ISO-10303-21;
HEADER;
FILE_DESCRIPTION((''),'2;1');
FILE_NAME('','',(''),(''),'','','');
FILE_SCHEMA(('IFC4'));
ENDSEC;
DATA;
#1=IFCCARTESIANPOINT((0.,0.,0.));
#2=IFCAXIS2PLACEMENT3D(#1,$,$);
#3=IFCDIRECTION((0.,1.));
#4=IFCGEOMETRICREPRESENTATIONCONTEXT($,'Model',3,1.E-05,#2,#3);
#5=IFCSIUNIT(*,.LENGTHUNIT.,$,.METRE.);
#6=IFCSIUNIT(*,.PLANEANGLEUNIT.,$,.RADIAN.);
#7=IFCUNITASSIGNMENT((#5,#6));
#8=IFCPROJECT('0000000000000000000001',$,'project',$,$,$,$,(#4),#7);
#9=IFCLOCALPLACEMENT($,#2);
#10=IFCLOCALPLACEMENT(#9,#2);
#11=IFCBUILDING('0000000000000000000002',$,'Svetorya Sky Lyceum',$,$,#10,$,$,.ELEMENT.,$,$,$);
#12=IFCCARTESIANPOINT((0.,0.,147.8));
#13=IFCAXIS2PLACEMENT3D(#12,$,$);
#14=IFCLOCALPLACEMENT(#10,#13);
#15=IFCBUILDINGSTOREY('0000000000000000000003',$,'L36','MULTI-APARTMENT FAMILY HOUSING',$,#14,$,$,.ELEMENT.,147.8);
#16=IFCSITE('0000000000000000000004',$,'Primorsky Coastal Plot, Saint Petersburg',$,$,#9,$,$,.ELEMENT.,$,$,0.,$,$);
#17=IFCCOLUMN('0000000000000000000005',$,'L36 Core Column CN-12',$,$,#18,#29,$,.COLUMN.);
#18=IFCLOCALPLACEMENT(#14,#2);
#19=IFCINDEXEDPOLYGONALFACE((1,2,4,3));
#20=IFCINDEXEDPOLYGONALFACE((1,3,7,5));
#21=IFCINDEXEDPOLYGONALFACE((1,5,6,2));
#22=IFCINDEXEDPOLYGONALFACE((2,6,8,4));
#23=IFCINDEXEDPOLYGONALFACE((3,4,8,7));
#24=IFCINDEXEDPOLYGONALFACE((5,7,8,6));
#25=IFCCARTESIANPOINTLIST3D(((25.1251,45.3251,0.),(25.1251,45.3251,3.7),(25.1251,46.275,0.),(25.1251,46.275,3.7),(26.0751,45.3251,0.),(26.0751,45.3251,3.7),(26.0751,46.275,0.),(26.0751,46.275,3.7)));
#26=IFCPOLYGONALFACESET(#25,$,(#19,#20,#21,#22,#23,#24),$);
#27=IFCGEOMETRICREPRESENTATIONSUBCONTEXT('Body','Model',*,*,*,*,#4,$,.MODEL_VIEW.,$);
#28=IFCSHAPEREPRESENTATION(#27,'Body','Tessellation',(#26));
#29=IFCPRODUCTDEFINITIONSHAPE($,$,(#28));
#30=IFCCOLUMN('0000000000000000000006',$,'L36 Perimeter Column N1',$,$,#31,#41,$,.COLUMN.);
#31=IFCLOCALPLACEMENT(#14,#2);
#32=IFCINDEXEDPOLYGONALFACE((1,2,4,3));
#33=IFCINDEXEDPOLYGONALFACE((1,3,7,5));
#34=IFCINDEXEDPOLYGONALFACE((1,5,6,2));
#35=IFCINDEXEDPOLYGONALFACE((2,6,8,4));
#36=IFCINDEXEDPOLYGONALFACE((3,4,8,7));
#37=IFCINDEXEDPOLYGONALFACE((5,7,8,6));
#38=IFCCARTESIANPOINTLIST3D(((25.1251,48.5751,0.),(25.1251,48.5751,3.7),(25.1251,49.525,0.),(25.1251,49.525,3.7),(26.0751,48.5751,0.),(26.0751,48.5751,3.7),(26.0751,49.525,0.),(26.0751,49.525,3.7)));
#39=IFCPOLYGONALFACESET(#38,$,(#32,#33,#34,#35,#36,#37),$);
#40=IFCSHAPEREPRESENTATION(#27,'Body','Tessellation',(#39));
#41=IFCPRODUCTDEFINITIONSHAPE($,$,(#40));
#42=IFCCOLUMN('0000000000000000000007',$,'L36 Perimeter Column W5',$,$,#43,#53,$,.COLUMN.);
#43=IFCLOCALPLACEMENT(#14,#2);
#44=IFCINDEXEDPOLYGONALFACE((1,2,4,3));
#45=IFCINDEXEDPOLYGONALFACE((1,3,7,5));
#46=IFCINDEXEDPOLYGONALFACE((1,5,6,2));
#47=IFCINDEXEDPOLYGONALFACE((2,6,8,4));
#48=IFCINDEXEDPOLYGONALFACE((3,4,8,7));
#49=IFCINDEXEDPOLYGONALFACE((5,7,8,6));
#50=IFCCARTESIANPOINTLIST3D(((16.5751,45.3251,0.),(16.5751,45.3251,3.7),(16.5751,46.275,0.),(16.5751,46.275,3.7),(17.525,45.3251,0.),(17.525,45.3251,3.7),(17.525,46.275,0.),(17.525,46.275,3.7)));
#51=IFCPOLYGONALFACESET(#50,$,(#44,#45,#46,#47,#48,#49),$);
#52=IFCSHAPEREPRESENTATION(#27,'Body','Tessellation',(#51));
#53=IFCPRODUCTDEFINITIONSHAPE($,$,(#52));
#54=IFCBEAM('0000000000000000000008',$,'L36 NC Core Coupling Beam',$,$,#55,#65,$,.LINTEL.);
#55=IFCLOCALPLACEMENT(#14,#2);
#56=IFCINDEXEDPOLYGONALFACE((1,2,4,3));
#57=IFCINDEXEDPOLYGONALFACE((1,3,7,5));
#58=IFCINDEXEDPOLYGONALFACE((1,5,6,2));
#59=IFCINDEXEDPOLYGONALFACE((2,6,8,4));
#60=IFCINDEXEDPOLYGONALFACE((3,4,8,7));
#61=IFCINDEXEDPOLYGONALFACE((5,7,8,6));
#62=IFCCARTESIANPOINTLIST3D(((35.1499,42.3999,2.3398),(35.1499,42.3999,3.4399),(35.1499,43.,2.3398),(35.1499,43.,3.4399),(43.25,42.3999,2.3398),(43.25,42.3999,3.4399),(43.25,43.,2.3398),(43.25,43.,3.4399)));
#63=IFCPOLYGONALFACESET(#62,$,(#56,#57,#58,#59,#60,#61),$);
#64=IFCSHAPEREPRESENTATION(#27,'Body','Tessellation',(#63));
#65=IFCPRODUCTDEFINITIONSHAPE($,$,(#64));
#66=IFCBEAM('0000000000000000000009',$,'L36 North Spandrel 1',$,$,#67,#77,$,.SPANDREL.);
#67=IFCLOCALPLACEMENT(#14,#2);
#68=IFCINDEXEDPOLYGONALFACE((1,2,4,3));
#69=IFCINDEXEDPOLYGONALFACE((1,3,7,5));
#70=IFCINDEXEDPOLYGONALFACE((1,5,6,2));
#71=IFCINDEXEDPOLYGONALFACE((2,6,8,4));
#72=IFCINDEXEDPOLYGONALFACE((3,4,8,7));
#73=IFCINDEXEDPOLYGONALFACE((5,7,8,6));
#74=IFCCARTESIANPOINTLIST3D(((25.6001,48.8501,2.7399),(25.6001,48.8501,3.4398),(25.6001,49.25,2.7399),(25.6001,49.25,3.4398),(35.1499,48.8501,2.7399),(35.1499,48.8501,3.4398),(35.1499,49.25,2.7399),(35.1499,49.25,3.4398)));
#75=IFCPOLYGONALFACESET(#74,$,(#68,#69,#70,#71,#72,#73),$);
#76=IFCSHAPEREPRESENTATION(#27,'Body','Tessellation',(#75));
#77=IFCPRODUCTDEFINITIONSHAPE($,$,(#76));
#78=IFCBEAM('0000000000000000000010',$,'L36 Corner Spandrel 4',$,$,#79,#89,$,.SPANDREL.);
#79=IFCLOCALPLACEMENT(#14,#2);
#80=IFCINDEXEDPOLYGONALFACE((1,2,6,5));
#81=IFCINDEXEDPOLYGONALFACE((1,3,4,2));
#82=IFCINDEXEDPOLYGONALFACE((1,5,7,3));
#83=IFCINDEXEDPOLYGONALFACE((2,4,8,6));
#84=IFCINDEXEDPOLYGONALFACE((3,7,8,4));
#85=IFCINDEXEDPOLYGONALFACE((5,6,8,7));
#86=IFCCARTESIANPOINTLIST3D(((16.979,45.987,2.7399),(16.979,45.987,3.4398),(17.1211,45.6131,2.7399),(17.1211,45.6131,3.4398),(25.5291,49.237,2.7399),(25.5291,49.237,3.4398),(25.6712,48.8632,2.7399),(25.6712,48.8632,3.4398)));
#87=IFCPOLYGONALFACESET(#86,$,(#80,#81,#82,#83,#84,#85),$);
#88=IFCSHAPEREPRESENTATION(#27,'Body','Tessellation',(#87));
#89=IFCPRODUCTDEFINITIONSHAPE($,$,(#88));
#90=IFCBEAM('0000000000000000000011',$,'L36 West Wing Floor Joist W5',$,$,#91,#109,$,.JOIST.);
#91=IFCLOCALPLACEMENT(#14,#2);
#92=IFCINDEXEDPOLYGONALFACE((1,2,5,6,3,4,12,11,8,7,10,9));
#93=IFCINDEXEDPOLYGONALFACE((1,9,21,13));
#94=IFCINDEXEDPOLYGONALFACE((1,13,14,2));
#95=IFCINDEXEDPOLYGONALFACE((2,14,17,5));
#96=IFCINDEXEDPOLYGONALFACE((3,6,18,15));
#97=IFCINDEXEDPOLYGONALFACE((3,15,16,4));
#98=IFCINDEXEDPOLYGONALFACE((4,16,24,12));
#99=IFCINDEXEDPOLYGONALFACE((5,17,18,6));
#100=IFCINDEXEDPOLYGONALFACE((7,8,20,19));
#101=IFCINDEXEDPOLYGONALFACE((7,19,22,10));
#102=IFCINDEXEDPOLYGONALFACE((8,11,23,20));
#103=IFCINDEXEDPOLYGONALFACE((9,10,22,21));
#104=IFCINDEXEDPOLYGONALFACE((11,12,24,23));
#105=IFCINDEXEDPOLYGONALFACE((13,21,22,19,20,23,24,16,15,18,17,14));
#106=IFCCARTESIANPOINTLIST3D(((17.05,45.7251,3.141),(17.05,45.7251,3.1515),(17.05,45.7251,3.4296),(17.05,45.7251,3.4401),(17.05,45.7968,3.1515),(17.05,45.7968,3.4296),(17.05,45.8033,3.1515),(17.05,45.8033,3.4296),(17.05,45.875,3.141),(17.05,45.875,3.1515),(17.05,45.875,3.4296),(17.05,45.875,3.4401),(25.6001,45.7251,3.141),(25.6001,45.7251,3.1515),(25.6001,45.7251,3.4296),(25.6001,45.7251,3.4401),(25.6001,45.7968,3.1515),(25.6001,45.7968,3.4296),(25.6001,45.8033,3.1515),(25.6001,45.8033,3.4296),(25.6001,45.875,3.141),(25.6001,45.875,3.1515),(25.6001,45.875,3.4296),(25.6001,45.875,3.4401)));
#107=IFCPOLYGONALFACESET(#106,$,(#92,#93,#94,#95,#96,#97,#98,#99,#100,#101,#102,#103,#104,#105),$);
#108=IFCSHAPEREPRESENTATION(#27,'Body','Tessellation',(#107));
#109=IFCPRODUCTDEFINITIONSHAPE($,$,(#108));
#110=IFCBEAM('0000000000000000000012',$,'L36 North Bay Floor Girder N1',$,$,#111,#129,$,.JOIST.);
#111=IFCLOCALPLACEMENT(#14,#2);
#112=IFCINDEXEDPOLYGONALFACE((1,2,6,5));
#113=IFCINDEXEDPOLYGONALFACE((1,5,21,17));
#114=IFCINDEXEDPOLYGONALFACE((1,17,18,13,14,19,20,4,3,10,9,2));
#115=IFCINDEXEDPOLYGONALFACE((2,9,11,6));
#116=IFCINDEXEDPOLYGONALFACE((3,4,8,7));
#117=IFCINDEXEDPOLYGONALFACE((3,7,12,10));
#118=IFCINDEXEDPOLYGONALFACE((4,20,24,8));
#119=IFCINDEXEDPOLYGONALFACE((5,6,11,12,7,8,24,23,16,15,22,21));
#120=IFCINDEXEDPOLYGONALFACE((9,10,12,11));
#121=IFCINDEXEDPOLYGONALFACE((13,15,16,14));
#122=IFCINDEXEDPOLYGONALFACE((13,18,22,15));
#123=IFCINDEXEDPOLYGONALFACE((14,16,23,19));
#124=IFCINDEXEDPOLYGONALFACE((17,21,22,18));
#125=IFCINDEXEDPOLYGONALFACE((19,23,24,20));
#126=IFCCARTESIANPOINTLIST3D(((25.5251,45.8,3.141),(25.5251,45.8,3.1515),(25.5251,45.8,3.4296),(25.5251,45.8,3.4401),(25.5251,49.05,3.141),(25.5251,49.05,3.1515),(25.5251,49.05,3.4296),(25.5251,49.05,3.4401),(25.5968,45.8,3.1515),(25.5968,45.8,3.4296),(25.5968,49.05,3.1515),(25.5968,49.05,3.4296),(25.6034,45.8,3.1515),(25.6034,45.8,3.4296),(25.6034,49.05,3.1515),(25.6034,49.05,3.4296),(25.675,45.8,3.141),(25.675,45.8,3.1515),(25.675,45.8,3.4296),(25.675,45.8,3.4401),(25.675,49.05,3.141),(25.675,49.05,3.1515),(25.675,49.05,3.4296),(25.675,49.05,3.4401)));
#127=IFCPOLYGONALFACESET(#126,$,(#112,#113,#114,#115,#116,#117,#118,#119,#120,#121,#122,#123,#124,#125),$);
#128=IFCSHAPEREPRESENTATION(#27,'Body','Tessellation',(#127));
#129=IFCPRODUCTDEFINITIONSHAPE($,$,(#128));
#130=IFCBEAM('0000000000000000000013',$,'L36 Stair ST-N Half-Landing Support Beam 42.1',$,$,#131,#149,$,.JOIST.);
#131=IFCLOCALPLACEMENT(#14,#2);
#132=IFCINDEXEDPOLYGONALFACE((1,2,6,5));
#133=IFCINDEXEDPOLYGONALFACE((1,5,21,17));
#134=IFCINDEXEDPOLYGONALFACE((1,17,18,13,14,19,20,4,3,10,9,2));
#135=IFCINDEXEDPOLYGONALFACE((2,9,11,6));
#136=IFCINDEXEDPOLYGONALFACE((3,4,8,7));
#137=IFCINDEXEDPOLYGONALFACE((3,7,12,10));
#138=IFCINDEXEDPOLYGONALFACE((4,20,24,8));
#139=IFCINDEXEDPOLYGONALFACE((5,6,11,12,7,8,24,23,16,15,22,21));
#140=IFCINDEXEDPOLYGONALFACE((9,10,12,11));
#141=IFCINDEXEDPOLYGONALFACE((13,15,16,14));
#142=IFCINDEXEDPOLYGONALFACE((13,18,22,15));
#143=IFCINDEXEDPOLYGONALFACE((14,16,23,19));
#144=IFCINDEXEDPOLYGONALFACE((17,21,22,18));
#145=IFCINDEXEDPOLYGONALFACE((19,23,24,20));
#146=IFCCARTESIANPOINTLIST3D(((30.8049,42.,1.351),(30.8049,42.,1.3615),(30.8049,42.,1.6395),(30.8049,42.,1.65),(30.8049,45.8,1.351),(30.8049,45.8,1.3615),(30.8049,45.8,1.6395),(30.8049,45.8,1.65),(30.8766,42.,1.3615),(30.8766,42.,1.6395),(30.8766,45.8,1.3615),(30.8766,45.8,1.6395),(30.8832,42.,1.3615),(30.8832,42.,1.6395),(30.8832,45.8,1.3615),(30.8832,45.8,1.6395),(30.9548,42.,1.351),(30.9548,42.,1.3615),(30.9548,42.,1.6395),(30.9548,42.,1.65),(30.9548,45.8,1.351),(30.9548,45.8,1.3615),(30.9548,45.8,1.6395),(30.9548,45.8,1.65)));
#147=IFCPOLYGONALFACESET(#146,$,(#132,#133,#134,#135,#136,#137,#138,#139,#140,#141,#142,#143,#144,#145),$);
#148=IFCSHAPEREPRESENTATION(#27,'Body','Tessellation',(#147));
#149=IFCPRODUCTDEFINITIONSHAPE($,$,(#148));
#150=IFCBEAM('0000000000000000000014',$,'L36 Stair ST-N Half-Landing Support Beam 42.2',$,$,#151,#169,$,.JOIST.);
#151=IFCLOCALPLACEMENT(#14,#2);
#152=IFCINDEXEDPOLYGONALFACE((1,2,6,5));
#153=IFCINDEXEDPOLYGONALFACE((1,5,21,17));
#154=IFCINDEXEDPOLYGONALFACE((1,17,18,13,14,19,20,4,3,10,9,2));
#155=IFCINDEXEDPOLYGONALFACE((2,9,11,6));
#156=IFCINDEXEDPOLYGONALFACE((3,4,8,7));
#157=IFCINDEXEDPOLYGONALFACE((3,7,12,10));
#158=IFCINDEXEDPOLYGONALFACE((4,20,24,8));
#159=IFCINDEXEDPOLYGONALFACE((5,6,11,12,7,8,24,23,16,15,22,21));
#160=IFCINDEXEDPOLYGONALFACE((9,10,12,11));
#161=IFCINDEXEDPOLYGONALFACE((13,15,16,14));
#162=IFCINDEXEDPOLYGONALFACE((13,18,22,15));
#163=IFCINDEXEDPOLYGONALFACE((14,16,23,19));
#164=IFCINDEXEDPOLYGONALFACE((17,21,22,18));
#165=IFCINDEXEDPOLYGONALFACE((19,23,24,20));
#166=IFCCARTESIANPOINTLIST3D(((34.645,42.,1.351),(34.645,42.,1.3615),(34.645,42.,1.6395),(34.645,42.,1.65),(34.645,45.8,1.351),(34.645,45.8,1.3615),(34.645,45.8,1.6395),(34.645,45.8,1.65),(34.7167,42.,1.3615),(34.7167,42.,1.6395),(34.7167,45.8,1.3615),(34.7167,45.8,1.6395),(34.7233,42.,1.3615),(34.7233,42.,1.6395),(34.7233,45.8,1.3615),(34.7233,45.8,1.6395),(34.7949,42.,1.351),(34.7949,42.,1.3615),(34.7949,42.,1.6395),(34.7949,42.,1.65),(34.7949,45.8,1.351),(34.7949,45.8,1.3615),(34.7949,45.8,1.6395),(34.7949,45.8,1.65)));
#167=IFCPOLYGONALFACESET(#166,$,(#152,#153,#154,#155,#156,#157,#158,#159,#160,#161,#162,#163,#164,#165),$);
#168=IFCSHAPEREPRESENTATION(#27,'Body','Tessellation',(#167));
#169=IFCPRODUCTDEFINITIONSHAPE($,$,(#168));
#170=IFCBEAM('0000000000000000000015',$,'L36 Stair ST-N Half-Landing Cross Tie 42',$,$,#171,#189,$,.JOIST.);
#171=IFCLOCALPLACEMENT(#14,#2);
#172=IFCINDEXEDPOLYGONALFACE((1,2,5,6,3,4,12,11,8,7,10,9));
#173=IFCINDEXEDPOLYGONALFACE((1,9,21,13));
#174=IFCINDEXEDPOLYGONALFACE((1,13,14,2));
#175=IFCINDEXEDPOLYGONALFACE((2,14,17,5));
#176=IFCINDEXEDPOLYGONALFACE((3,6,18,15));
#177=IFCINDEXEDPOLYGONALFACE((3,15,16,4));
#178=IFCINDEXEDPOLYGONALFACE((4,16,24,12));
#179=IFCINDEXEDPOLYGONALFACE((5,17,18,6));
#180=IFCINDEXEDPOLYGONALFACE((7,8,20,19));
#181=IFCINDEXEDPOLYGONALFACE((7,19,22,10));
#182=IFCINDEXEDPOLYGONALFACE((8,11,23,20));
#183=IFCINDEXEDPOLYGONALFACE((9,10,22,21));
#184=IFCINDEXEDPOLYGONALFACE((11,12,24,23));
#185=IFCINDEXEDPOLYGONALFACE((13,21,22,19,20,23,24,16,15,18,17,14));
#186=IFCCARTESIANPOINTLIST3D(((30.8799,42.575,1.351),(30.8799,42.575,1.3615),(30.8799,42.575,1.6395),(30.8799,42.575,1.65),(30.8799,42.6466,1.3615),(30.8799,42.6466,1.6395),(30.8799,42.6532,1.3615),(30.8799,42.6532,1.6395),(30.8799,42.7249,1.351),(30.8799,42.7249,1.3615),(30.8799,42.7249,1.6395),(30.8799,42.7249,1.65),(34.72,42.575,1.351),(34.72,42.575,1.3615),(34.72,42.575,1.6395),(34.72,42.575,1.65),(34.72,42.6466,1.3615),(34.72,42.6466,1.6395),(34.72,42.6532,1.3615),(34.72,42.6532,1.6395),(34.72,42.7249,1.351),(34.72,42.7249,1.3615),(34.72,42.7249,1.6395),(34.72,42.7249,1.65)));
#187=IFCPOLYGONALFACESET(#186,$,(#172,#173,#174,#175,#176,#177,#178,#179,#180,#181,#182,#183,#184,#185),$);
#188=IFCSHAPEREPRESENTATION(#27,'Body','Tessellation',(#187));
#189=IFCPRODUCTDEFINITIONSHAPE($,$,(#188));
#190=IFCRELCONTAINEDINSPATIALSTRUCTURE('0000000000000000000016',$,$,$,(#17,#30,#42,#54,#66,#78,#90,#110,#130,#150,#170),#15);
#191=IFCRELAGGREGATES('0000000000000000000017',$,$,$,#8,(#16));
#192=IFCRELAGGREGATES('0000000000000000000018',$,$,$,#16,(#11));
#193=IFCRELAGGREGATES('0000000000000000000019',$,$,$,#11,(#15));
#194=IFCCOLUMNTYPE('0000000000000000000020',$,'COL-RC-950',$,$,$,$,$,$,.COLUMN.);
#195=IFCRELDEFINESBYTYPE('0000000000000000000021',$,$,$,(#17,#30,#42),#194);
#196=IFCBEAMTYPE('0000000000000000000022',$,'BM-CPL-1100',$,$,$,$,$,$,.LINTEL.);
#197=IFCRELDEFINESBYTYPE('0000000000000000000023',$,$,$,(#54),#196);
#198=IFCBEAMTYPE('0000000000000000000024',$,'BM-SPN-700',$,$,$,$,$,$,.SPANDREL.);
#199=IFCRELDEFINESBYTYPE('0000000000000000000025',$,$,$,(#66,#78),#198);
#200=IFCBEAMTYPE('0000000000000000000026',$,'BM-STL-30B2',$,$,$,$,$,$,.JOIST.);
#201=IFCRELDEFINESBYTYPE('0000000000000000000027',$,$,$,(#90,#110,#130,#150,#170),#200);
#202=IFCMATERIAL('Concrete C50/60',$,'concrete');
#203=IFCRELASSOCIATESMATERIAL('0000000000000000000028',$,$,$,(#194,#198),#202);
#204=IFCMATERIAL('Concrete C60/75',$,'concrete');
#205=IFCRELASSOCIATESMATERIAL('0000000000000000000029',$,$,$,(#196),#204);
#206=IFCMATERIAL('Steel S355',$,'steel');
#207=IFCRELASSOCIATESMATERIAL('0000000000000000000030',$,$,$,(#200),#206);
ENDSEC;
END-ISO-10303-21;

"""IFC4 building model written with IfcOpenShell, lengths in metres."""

from ifc_helpers import new_model, si_unit, direction, frame, origin, origin_2d, place, context, subcontext, project, spatial, rectangle, i_section, extrude, material, material_profile, profile_set, type_object, element, save


model = new_model("IFC4")

# Units and contexts
model_context = context("Model", 3, precision=1e-05, world=origin(), true_north=direction((0.0, 1.0)))
body_context = subcontext(model_context, "Body", "Model", "MODEL_VIEW")
ifc_project = project(units=[si_unit("LENGTHUNIT", "METRE"), si_unit("PLANEANGLEUNIT", "RADIAN")], contexts=[model_context])

# Site, building, storey
site_placement = place(None, origin())
site = spatial("IfcSite", under=ifc_project, at=site_placement, Name="Primorsky Coastal Plot, Saint Petersburg", CompositionType="ELEMENT", RefElevation=0.0)
building_placement = place(site_placement, origin())
building = spatial("IfcBuilding", under=site, at=building_placement, Name="Svetorya Sky Lyceum", CompositionType="ELEMENT")
storey_placement = place(building_placement, frame((0.0, 0.0, 147.8)))
storey = spatial("IfcBuildingStorey", under=building, at=storey_placement, Name="L36", Description="MULTI-APARTMENT FAMILY HOUSING", CompositionType="ELEMENT", Elevation=147.8)

# Columns
ifc_material_1 = material(Name="Concrete C50/60", Category="concrete")
ifc_material_profile_1 = material_profile(ifc_material_1, rectangle(XDim=0.95, YDim=0.95, at=origin_2d()), Name="RC COL 950x950")
ifc_profile_set_1 = profile_set([ifc_material_profile_1], Name="Concrete C50/60")
column_type = type_object("IfcColumnType", Name="COL-RC-950", PredefinedType="COLUMN", material=ifc_profile_set_1)
for number, where, z_axis, x_axis, name in (
    (1, (25.6001, 45.8, 0.0), (0.0, 0.0, 1.0), (1.0, 0.0, 0.0), "L36 Core Column CN-12"),
    (2, (25.6001, 49.05, 0.0), (0.0, 0.0, 1.0), (1.0, 0.0, 0.0), "L36 Perimeter Column N1"),
    (3, (17.05, 45.8, 0.0), (0.0, 0.0, 1.0), (1.0, 0.0, 0.0), "L36 Perimeter Column W5"),
):
    element("IfcColumn", number, at=place(storey_placement, frame(where, z_axis=z_axis, x_axis=x_axis)), inside=storey, type_object=column_type, Name=name, PredefinedType="COLUMN", context=body_context, shape_type="SweptSolid", body=[
        extrude(rectangle(XDim=0.95, YDim=0.95, at=origin_2d()), origin(), (0.0, 0.0, 1.0), 3.7),
    ])

# Beams
ifc_material_2 = material(Name="Concrete C60/75", Category="concrete")
ifc_material_profile_2 = material_profile(ifc_material_2, rectangle(XDim=0.6001, YDim=1.1001, at=origin_2d()), Name="RC COUPLING 600x1100")
ifc_profile_set_2 = profile_set([ifc_material_profile_2], Name="Concrete C60/75")
beam_type_1 = type_object("IfcBeamType", Name="BM-CPL-1100", PredefinedType="LINTEL", material=ifc_profile_set_2)
beam_1_placement = place(storey_placement, frame((35.1499, 42.7, 2.8899), z_axis=(1.0, 0.0, 0.0), x_axis=(0.0, 1.0, 0.0)))
element("IfcBeam", 4, at=beam_1_placement, inside=storey, type_object=beam_type_1, Name="L36 NC Core Coupling Beam", PredefinedType="LINTEL", context=body_context, shape_type="SweptSolid", body=[
    extrude(rectangle(XDim=0.6001, YDim=1.1001, at=origin_2d()), origin(), (0.0, 0.0, 1.0), 8.1001),
])
ifc_material_profile_3 = material_profile(ifc_material_1, rectangle(XDim=0.3999, YDim=0.7, at=origin_2d()), Name="RC SPANDREL 400x700")
ifc_profile_set_3 = profile_set([ifc_material_profile_3], Name="Concrete C50/60")
beam_type_2 = type_object("IfcBeamType", Name="BM-SPN-700", PredefinedType="SPANDREL", material=ifc_profile_set_3)
beam_2_placement = place(storey_placement, frame((25.6001, 49.05, 3.0898), z_axis=(1.0, 0.0, 0.0), x_axis=(0.0, 1.0, 0.0)))
element("IfcBeam", 5, at=beam_2_placement, inside=storey, type_object=beam_type_2, Name="L36 North Spandrel 1", PredefinedType="SPANDREL", context=body_context, shape_type="SweptSolid", body=[
    extrude(rectangle(XDim=0.3999, YDim=0.7, at=origin_2d()), origin(), (0.0, 0.0, 1.0), 9.5498),
])
beam_3_placement = place(storey_placement, frame((17.05, 45.8, 3.0898), z_axis=(0.934748, 0.355312, 0.0), x_axis=(-0.355312, 0.934748, 0.0)))
element("IfcBeam", 6, at=beam_3_placement, inside=storey, type_object=beam_type_2, Name="L36 Corner Spandrel 4", PredefinedType="SPANDREL", context=body_context, shape_type="SweptSolid", body=[
    extrude(rectangle(XDim=0.3999, YDim=0.7, at=origin_2d()), origin(), (0.0, 0.0, 1.0), 9.147),
])
ifc_material_3 = material(Name="Steel S355", Category="steel")
ifc_material_profile_4 = material_profile(ifc_material_3, i_section(OverallWidth=0.1499, OverallDepth=0.2991, WebThickness=0.0066, FlangeThickness=0.0105, at=origin_2d()), Name="GOST 30B2")
ifc_profile_set_4 = profile_set([ifc_material_profile_4], Name="Steel S355")
beam_type_3 = type_object("IfcBeamType", Name="BM-STL-30B2", PredefinedType="JOIST", material=ifc_profile_set_4)
beam_4_placement = place(storey_placement, frame((17.05, 45.8, 3.2905), z_axis=(1.0, 0.0, 0.0), x_axis=(0.0, 1.0, 0.0)))
element("IfcBeam", 7, at=beam_4_placement, inside=storey, type_object=beam_type_3, Name="L36 West Wing Floor Joist W5", PredefinedType="JOIST", context=body_context, shape_type="SweptSolid", body=[
    extrude(i_section(OverallWidth=0.1499, OverallDepth=0.2991, WebThickness=0.0066, FlangeThickness=0.0105, at=origin_2d()), origin(), (0.0, 0.0, 1.0), 8.55),
])
beam_5_placement = place(storey_placement, frame((25.6001, 45.8, 3.2905), z_axis=(0.0, 1.0, 0.0), x_axis=(-1.0, 0.0, 0.0)))
element("IfcBeam", 8, at=beam_5_placement, inside=storey, type_object=beam_type_3, Name="L36 North Bay Floor Girder N1", PredefinedType="JOIST", context=body_context, shape_type="SweptSolid", body=[
    extrude(i_section(OverallWidth=0.1499, OverallDepth=0.2991, WebThickness=0.0066, FlangeThickness=0.0105, at=origin_2d()), origin(), (0.0, 0.0, 1.0), 3.25),
])
for number, where, z_axis, x_axis, name in (
    (9, (30.8799, 42.0, 1.5005), (0.0, 1.0, 0.0), (-1.0, 0.0, 0.0), "L36 Stair ST-N Half-Landing Support Beam 42.1"),
    (10, (34.72, 42.0, 1.5005), (0.0, 1.0, 0.0), (-1.0, 0.0, 0.0), "L36 Stair ST-N Half-Landing Support Beam 42.2"),
):
    element("IfcBeam", number, at=place(storey_placement, frame(where, z_axis=z_axis, x_axis=x_axis)), inside=storey, type_object=beam_type_3, Name=name, PredefinedType="JOIST", context=body_context, shape_type="SweptSolid", body=[
        extrude(i_section(OverallWidth=0.1499, OverallDepth=0.2991, WebThickness=0.0066, FlangeThickness=0.0105, at=origin_2d()), origin(), (0.0, 0.0, 1.0), 3.8),
    ])
beam_6_placement = place(storey_placement, frame((30.8799, 42.6499, 1.5005), z_axis=(1.0, 0.0, 0.0), x_axis=(0.0, 1.0, 0.0)))
element("IfcBeam", 11, at=beam_6_placement, inside=storey, type_object=beam_type_3, Name="L36 Stair ST-N Half-Landing Cross Tie 42", PredefinedType="JOIST", context=body_context, shape_type="SweptSolid", body=[
    extrude(i_section(OverallWidth=0.1499, OverallDepth=0.2991, WebThickness=0.0066, FlangeThickness=0.0105, at=origin_2d()), origin(), (0.0, 0.0, 1.0), 3.8401),
])

save(model, "model.ifc")
